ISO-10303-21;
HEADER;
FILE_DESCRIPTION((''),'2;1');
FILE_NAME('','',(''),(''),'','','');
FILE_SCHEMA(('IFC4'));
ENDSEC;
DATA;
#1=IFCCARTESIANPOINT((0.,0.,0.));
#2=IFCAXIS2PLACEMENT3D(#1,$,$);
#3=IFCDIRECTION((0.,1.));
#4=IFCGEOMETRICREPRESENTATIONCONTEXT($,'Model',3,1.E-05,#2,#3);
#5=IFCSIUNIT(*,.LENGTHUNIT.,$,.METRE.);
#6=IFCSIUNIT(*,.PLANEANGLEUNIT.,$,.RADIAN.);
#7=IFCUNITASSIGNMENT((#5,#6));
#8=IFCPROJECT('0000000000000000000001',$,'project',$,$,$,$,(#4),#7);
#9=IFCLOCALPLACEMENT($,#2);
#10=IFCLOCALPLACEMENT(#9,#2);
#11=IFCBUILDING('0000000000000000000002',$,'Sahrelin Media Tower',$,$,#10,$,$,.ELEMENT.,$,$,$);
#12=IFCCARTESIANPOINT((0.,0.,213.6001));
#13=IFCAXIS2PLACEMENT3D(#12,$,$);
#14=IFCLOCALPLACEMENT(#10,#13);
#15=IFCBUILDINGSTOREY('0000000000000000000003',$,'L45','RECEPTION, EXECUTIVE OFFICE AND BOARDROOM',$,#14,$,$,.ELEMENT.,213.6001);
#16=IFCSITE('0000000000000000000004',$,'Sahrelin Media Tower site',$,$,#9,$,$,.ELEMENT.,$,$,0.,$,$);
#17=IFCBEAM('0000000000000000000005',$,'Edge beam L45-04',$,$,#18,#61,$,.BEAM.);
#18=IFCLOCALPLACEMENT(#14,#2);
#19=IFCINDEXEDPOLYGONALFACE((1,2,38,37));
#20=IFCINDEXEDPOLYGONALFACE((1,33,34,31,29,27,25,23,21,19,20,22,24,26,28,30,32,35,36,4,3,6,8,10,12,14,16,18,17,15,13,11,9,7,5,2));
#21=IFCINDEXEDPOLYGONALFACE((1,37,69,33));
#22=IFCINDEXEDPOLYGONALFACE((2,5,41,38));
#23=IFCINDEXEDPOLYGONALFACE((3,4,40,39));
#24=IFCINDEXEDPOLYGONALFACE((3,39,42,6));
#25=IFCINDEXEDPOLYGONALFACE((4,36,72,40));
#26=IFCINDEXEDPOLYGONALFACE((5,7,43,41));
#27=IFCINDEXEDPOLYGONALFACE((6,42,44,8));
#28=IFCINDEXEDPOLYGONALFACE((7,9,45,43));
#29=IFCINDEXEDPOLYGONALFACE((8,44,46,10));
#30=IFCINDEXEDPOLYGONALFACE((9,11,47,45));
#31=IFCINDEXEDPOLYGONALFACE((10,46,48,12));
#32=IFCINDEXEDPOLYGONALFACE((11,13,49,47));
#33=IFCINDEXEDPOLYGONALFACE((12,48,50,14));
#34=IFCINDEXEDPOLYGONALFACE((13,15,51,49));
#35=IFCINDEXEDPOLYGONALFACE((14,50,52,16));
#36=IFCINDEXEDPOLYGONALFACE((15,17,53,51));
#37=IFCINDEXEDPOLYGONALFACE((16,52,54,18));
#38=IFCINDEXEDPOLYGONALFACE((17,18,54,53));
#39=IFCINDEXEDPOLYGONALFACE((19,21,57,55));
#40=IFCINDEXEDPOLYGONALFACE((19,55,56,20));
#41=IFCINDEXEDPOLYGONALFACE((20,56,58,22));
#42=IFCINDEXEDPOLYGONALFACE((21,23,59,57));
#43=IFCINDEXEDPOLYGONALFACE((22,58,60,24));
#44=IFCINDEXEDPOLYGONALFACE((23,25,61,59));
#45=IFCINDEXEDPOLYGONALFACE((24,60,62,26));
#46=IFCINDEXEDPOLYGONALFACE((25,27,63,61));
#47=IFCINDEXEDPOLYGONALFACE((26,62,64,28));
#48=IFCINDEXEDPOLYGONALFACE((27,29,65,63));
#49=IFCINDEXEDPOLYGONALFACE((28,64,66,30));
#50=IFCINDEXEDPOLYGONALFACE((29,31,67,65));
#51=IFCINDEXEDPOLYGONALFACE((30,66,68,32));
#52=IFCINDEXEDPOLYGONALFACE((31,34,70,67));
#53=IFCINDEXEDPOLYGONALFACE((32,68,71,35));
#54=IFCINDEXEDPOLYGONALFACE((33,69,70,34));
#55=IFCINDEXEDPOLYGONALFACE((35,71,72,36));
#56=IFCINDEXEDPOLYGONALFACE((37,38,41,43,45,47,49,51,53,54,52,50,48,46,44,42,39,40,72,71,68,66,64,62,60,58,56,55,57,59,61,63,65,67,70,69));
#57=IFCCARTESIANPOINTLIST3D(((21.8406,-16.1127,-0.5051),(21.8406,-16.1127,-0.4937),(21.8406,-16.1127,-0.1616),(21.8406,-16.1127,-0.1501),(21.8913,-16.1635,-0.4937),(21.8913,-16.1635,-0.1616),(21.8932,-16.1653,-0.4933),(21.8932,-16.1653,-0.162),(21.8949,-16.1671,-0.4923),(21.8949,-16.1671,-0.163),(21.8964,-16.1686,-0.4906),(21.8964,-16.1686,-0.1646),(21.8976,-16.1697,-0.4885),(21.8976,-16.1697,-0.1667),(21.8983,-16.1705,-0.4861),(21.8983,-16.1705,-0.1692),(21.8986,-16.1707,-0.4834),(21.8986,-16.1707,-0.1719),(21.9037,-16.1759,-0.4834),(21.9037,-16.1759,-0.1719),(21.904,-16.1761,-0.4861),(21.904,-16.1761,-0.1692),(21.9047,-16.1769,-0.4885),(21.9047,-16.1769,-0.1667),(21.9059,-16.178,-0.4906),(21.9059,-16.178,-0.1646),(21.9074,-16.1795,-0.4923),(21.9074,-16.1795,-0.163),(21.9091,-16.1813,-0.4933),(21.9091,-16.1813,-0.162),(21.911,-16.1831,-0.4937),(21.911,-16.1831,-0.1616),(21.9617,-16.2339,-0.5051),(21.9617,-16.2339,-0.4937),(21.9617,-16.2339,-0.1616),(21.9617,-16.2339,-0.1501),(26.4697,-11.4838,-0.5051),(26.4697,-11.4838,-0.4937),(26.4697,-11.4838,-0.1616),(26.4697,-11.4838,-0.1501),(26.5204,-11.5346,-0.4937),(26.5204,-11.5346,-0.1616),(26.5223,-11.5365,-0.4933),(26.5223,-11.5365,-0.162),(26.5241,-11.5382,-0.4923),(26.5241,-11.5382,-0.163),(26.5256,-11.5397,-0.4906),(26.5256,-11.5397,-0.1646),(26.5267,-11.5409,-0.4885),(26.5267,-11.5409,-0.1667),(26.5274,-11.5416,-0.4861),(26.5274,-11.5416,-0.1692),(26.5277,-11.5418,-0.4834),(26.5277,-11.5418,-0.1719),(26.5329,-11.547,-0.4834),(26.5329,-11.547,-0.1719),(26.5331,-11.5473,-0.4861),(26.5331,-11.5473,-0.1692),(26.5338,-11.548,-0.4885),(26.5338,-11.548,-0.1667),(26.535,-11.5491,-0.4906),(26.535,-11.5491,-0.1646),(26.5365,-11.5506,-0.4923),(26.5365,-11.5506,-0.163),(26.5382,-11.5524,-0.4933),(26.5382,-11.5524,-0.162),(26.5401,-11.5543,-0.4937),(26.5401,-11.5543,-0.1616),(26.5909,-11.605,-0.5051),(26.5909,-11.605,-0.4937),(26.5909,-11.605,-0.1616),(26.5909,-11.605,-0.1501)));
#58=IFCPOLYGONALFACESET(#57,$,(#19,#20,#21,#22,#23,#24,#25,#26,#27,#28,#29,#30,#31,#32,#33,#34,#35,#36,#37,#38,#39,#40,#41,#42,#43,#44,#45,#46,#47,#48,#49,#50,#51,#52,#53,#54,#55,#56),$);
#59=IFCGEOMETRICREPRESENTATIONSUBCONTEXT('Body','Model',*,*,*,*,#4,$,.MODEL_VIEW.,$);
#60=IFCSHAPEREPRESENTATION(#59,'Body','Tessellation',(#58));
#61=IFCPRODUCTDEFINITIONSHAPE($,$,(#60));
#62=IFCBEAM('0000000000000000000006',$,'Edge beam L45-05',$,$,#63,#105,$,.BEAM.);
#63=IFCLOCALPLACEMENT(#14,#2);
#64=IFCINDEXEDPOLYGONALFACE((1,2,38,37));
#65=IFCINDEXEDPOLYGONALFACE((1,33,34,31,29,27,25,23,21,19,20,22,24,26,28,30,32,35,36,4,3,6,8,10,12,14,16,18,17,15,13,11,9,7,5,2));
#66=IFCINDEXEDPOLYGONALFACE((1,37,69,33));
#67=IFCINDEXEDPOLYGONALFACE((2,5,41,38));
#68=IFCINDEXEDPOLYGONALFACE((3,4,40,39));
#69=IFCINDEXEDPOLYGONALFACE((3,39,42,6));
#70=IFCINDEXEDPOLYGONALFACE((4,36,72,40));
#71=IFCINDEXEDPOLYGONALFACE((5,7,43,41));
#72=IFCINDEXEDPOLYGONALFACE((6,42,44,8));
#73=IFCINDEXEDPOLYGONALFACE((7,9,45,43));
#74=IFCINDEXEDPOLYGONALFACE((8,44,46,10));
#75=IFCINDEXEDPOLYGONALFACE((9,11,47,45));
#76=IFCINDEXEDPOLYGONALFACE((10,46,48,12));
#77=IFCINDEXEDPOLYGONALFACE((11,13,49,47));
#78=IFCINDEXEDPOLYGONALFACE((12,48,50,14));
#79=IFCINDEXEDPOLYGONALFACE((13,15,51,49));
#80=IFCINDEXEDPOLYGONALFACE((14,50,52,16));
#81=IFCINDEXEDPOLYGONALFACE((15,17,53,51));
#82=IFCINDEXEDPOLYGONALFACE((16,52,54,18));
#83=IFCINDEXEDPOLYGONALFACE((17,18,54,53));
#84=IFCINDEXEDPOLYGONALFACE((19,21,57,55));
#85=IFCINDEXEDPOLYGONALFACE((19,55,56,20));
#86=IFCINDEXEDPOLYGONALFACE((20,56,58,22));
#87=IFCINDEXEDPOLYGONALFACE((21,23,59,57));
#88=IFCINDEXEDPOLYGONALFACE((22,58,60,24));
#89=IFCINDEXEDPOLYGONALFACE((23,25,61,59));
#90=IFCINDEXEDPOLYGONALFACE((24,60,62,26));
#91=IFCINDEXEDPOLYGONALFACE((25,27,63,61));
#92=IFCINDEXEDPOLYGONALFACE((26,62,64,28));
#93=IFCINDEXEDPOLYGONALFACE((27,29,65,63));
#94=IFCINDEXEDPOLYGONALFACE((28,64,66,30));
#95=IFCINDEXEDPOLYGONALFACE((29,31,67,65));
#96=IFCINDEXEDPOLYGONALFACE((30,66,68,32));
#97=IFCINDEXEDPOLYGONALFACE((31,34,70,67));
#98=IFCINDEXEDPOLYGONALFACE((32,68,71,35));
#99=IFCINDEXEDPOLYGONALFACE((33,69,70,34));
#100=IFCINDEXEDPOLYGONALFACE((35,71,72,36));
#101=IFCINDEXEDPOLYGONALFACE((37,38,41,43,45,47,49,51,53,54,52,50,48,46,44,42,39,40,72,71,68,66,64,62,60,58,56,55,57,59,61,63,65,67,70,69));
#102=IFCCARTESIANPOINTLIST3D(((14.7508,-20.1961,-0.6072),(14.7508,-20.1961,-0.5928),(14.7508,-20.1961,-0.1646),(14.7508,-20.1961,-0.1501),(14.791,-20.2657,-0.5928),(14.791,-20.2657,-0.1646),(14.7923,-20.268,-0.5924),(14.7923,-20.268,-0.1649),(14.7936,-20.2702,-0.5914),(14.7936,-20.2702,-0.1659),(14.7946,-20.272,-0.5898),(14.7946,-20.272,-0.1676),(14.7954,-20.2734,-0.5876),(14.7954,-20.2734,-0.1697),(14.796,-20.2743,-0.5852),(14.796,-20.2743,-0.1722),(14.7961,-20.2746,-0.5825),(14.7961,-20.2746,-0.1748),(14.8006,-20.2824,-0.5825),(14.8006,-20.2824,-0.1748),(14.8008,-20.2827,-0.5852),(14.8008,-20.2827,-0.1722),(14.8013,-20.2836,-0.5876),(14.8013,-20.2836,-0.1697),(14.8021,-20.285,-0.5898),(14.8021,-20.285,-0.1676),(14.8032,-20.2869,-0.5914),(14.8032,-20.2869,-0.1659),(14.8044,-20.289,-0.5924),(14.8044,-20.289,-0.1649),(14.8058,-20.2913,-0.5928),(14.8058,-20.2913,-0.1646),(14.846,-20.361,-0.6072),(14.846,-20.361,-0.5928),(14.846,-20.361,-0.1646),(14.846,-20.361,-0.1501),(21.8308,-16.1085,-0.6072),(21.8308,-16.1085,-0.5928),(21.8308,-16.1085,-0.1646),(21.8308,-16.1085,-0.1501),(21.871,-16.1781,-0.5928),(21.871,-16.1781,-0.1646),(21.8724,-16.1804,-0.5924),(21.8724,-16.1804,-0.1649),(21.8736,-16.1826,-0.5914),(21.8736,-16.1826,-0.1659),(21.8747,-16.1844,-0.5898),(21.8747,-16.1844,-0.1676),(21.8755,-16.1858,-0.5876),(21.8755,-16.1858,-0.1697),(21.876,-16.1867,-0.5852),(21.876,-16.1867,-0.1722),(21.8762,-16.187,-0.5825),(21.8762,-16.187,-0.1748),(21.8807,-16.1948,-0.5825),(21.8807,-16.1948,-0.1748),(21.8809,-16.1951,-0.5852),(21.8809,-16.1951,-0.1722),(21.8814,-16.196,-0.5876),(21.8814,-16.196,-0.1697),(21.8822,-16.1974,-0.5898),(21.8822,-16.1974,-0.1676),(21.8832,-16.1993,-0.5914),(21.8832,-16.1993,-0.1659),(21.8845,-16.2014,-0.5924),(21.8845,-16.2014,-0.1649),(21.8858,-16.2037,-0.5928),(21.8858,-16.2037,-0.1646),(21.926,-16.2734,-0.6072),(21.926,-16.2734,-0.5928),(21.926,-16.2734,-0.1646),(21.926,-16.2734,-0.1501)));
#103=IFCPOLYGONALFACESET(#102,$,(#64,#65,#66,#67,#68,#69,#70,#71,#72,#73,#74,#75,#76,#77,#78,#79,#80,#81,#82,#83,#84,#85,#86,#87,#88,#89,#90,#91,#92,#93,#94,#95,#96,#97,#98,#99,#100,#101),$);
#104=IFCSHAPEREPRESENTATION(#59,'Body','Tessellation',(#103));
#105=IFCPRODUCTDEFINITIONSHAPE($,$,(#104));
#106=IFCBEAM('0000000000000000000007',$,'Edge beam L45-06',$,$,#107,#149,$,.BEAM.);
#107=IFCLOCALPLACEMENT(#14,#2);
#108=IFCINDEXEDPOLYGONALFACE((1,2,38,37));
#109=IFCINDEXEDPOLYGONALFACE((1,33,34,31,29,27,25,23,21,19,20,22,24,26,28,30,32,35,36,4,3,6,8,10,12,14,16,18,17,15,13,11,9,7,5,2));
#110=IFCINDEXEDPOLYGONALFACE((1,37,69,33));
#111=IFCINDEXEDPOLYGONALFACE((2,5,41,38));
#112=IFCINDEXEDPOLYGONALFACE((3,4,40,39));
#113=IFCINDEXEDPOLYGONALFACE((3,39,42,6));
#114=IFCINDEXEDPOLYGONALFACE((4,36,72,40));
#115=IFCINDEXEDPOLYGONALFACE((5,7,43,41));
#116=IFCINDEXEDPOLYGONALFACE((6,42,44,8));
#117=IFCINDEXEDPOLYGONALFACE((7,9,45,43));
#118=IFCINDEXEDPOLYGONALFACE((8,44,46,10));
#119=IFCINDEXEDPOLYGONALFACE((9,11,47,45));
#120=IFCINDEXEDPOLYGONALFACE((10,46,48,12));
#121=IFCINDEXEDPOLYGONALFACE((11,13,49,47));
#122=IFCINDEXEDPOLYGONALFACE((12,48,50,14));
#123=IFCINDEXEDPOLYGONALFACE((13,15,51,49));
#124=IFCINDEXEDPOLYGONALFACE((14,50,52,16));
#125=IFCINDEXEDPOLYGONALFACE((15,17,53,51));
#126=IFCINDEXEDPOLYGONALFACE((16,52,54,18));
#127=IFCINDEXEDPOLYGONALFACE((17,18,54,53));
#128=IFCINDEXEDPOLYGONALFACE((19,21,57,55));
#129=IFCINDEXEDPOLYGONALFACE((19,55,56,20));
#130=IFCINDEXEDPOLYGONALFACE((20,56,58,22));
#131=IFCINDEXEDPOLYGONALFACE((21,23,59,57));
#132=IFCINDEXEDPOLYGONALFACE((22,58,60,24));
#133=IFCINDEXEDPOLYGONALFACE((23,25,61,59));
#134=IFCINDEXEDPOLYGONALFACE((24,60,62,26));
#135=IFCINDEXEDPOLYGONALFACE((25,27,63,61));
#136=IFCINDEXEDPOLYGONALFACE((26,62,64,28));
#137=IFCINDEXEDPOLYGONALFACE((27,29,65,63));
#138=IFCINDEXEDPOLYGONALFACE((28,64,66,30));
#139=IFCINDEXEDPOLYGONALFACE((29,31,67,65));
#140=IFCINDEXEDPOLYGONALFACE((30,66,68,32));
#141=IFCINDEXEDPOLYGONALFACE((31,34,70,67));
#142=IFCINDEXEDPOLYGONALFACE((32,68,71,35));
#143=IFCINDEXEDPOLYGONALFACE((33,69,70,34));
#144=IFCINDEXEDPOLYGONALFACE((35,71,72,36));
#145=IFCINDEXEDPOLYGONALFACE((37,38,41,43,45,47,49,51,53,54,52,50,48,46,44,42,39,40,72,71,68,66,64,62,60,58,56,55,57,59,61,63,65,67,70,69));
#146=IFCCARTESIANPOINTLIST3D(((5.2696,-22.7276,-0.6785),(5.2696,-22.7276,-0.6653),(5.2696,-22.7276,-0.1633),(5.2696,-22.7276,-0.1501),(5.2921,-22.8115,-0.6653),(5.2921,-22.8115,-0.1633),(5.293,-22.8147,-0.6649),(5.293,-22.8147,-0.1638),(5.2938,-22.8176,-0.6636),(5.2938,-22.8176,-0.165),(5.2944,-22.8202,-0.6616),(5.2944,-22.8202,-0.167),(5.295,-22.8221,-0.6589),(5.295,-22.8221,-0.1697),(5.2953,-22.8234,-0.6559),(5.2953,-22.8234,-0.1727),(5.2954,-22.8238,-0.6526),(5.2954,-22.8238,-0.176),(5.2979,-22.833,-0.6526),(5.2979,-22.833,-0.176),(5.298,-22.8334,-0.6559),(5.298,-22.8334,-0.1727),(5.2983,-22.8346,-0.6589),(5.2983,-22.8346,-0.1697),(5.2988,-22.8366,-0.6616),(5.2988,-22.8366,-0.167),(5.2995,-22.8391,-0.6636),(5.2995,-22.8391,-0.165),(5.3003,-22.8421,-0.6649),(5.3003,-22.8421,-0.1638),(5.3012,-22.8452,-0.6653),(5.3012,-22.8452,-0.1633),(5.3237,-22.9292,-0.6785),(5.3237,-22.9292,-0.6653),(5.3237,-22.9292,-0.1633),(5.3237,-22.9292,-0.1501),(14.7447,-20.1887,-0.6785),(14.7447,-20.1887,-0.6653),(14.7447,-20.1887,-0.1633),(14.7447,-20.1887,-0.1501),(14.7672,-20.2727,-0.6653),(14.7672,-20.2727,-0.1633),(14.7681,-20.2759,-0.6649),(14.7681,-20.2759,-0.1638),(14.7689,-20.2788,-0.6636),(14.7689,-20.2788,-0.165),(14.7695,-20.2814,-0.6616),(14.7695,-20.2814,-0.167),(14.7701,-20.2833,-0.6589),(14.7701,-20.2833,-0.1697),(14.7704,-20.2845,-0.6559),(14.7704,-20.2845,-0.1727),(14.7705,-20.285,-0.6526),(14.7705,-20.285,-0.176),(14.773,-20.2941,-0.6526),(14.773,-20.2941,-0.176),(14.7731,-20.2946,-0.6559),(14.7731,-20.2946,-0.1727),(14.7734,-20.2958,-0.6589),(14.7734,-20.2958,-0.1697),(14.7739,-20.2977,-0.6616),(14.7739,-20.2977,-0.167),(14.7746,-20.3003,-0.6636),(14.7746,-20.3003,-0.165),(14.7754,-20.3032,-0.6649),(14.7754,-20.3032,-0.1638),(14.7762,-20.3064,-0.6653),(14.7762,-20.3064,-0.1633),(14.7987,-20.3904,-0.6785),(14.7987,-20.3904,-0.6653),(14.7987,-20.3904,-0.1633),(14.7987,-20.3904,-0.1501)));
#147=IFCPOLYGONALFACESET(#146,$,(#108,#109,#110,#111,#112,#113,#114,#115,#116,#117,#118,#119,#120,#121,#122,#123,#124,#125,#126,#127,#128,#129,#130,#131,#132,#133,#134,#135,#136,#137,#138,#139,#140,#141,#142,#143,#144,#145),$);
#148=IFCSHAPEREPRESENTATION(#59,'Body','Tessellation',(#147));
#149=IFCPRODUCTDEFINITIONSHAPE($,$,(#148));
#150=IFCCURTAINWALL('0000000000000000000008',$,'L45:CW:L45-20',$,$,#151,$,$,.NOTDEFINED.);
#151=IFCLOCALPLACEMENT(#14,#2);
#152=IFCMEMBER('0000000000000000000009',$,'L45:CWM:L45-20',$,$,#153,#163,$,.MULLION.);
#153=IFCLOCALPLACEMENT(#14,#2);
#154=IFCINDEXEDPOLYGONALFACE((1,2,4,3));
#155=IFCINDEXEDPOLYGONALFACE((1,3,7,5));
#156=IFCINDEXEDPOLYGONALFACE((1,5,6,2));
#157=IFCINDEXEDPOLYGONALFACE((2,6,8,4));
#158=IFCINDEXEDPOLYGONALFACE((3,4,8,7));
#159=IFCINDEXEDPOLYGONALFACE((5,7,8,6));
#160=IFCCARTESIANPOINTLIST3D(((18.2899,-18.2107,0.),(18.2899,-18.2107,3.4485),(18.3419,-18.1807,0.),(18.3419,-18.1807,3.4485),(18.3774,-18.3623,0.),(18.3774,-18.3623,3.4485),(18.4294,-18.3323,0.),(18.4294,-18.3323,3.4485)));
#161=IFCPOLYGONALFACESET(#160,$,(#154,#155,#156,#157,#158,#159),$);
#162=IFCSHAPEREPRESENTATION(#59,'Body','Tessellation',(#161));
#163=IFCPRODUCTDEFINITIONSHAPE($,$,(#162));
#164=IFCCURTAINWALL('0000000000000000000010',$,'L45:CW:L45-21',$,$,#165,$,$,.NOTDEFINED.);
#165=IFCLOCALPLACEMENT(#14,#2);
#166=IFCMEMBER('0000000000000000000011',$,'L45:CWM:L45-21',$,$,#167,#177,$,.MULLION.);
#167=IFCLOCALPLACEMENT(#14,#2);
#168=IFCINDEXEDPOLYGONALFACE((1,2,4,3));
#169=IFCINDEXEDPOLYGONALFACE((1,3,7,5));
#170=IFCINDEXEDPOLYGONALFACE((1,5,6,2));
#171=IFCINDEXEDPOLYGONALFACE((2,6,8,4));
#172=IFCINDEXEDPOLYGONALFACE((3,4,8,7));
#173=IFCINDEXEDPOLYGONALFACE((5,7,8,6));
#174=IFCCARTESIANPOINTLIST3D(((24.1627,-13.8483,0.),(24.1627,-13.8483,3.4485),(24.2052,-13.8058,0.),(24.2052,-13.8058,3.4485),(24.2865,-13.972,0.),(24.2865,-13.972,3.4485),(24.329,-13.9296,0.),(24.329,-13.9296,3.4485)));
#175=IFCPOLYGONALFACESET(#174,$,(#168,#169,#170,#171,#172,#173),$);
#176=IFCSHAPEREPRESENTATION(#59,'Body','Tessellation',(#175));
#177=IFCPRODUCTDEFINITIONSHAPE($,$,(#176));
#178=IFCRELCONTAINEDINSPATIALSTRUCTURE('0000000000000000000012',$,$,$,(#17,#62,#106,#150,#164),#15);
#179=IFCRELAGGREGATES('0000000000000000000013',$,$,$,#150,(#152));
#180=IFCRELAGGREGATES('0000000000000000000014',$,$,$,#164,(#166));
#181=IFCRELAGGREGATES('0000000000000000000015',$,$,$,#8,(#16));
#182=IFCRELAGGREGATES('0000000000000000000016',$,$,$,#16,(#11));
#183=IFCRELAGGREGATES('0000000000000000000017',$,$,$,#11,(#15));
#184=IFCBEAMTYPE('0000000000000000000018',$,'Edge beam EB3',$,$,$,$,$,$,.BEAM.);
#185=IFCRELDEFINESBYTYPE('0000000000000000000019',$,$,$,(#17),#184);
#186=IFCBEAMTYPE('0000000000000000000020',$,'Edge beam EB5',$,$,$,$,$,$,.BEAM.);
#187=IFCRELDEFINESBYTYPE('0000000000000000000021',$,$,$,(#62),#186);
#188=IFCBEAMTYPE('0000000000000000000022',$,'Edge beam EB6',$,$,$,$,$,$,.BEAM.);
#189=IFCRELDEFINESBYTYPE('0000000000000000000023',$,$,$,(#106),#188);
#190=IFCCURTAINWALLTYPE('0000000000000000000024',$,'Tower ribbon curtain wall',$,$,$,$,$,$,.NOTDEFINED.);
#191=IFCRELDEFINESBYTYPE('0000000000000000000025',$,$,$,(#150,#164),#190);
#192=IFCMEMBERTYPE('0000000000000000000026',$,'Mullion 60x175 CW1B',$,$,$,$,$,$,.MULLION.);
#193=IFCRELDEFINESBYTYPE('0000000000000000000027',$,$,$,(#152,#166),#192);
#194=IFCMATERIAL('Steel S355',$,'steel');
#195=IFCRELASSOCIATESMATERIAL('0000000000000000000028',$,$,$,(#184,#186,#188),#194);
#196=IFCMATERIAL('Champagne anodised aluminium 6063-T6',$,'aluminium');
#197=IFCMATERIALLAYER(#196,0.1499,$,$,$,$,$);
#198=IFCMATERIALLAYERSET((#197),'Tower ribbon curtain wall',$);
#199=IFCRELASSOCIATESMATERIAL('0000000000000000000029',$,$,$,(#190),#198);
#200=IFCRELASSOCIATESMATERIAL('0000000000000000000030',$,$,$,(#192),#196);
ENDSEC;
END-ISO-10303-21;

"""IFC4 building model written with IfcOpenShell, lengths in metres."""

from ifc_helpers import new_model, si_unit, direction, frame, origin, origin_2d, place, context, subcontext, project, spatial, rectangle, i_section, extrude, material, layer, layer_set, material_profile, profile_set, type_object, element, aggregate, save


model = new_model("IFC4")

# Units and contexts
model_context = context("Model", 3, precision=1e-05, world=origin(), true_north=direction((0.0, 1.0)))
body_context = subcontext(model_context, "Body", "Model", "MODEL_VIEW")
ifc_project = project(units=[si_unit("LENGTHUNIT", "METRE"), si_unit("PLANEANGLEUNIT", "RADIAN")], contexts=[model_context])

# Site, building, storey
site_placement = place(None, origin())
site = spatial("IfcSite", under=ifc_project, at=site_placement, Name="Sahrelin Media Tower site", CompositionType="ELEMENT", RefElevation=0.0)
building_placement = place(site_placement, origin())
building = spatial("IfcBuilding", under=site, at=building_placement, Name="Sahrelin Media Tower", CompositionType="ELEMENT")
storey_placement = place(building_placement, frame((0.0, 0.0, 213.6001)))
storey = spatial("IfcBuildingStorey", under=building, at=storey_placement, Name="L45", Description="RECEPTION, EXECUTIVE OFFICE AND BOARDROOM", CompositionType="ELEMENT", Elevation=213.6001)

# Beams
ifc_material_1 = material(Name="Steel S355", Category="steel")
ifc_material_profile_1 = material_profile(ifc_material_1, i_section(OverallWidth=0.1714, OverallDepth=0.355, WebThickness=0.0073, FlangeThickness=0.0115, FilletRadius=0.0103, at=origin_2d()), Name="UB 356x171x51")
ifc_profile_set_1 = profile_set([ifc_material_profile_1], Name="Steel S355")
beam_type_1 = type_object("IfcBeamType", Name="Edge beam EB3", PredefinedType="BEAM", material=ifc_profile_set_1)
beam_1_placement = place(storey_placement, frame((26.5303, -11.5444, -0.3276), z_axis=(-0.707125, -0.707088, 0.0), x_axis=(0.707088, -0.707125, 0.0)))
element("IfcBeam", 1, at=beam_1_placement, inside=storey, type_object=beam_type_1, Name="Edge beam L45-04", PredefinedType="BEAM", context=body_context, shape_type="SweptSolid", body=[
    extrude(i_section(OverallWidth=0.1714, OverallDepth=0.355, WebThickness=0.0073, FlangeThickness=0.0115, FilletRadius=0.0103, at=origin_2d()), origin(), (0.0, 0.0, 1.0), 6.5464),
])
ifc_material_profile_2 = material_profile(ifc_material_1, i_section(OverallWidth=0.1904, OverallDepth=0.457, WebThickness=0.009, FlangeThickness=0.0144, FilletRadius=0.0103, at=origin_2d()), Name="UB 457x191x74")
ifc_profile_set_2 = profile_set([ifc_material_profile_2], Name="Steel S355")
beam_type_2 = type_object("IfcBeamType", Name="Edge beam EB5", PredefinedType="BEAM", material=ifc_profile_set_2)
beam_2_placement = place(storey_placement, frame((21.8784, -16.1909, -0.3787), z_axis=(-0.866027, -0.499996, 0.0), x_axis=(0.499996, -0.866027, 0.0)))
element("IfcBeam", 2, at=beam_2_placement, inside=storey, type_object=beam_type_2, Name="Edge beam L45-05", PredefinedType="BEAM", context=body_context, shape_type="SweptSolid", body=[
    extrude(i_section(OverallWidth=0.1904, OverallDepth=0.457, WebThickness=0.009, FlangeThickness=0.0144, FilletRadius=0.0103, at=origin_2d()), origin(), (0.0, 0.0, 1.0), 8.1753),
])
ifc_material_profile_3 = material_profile(ifc_material_1, i_section(OverallWidth=0.2087, OverallDepth=0.5283, WebThickness=0.0095, FlangeThickness=0.0132, FilletRadius=0.0127, at=origin_2d()), Name="UB 533x210x82")
ifc_profile_set_3 = profile_set([ifc_material_profile_3], Name="Steel S355")
beam_type_3 = type_object("IfcBeamType", Name="Edge beam EB6", PredefinedType="BEAM", material=ifc_profile_set_3)
beam_3_placement = place(storey_placement, frame((14.7717, -20.2896, -0.4143), z_axis=(-0.965926, -0.258817, 0.0), x_axis=(0.258817, -0.965926, 0.0)))
element("IfcBeam", 3, at=beam_3_placement, inside=storey, type_object=beam_type_3, Name="Edge beam L45-06", PredefinedType="BEAM", context=body_context, shape_type="SweptSolid", body=[
    extrude(i_section(OverallWidth=0.2087, OverallDepth=0.5283, WebThickness=0.0095, FlangeThickness=0.0132, FilletRadius=0.0127, at=origin_2d()), origin(), (0.0, 0.0, 1.0), 9.8093),
])

# Curtain walls, members
ifc_material_2 = material(Name="Champagne anodised aluminium 6063-T6", Category="aluminium")
ifc_layer_1 = layer(ifc_material_2, 0.1499)
ifc_layer_set_1 = layer_set([ifc_layer_1], Name="Tower ribbon curtain wall")
curtain_wall_type = type_object("IfcCurtainWallType", Name="Tower ribbon curtain wall", PredefinedType="NOTDEFINED", material=ifc_layer_set_1)
curtain_wall_1_placement = place(storey_placement, frame((18.4133, -18.3647, 0.0), z_axis=(0.0, 0.0, 1.0), x_axis=(1.0, 0.0, 0.0)))
curtain_wall_1 = element("IfcCurtainWall", 4, at=curtain_wall_1_placement, inside=storey, type_object=curtain_wall_type, Name="L45:CW:L45-20", PredefinedType="NOTDEFINED")
ifc_material_profile_4 = material_profile(ifc_material_2, rectangle(XDim=0.0601, YDim=0.175, at=origin_2d()), Name="Mullion 60x175")
ifc_profile_set_4 = profile_set([ifc_material_profile_4], Name="Champagne anodised aluminium 6063-T6")
member_type_1 = type_object("IfcMemberType", Name="Mullion 60x175 CW1B", PredefinedType="MULLION", material=ifc_profile_set_4)
member_1_placement = place(storey_placement, frame((18.3596, -18.2715, 0.0), z_axis=(0.0, 0.0, 1.0), x_axis=(0.866025, 0.500002, 0.0)))
member_1 = element("IfcMember", 5, at=member_1_placement, type_object=member_type_1, Name="L45:CWM:L45-20", PredefinedType="MULLION", context=body_context, shape_type="SweptSolid", body=[
    extrude(rectangle(XDim=0.0601, YDim=0.175, at=origin_2d()), origin(), (0.0, 0.0, 1.0), 3.4485),
])
curtain_wall_2_placement = place(storey_placement, frame((24.3218, -13.9651, 0.0), z_axis=(0.0, 0.0, 1.0), x_axis=(1.0, 0.0, 0.0)))
curtain_wall_2 = element("IfcCurtainWall", 6, at=curtain_wall_2_placement, inside=storey, type_object=curtain_wall_type, Name="L45:CW:L45-21", PredefinedType="NOTDEFINED")
member_2_placement = place(storey_placement, frame((24.2458, -13.8889, 0.0), z_axis=(0.0, 0.0, 1.0), x_axis=(0.707114, 0.707099, 0.0)))
member_2 = element("IfcMember", 7, at=member_2_placement, type_object=member_type_1, Name="L45:CWM:L45-21", PredefinedType="MULLION", context=body_context, shape_type="SweptSolid", body=[
    extrude(rectangle(XDim=0.0601, YDim=0.175, at=origin_2d()), origin(), (0.0, 0.0, 1.0), 3.4485),
])

aggregate(curtain_wall_1, [member_1])
aggregate(curtain_wall_2, [member_2])

save(model, "model.ifc")
